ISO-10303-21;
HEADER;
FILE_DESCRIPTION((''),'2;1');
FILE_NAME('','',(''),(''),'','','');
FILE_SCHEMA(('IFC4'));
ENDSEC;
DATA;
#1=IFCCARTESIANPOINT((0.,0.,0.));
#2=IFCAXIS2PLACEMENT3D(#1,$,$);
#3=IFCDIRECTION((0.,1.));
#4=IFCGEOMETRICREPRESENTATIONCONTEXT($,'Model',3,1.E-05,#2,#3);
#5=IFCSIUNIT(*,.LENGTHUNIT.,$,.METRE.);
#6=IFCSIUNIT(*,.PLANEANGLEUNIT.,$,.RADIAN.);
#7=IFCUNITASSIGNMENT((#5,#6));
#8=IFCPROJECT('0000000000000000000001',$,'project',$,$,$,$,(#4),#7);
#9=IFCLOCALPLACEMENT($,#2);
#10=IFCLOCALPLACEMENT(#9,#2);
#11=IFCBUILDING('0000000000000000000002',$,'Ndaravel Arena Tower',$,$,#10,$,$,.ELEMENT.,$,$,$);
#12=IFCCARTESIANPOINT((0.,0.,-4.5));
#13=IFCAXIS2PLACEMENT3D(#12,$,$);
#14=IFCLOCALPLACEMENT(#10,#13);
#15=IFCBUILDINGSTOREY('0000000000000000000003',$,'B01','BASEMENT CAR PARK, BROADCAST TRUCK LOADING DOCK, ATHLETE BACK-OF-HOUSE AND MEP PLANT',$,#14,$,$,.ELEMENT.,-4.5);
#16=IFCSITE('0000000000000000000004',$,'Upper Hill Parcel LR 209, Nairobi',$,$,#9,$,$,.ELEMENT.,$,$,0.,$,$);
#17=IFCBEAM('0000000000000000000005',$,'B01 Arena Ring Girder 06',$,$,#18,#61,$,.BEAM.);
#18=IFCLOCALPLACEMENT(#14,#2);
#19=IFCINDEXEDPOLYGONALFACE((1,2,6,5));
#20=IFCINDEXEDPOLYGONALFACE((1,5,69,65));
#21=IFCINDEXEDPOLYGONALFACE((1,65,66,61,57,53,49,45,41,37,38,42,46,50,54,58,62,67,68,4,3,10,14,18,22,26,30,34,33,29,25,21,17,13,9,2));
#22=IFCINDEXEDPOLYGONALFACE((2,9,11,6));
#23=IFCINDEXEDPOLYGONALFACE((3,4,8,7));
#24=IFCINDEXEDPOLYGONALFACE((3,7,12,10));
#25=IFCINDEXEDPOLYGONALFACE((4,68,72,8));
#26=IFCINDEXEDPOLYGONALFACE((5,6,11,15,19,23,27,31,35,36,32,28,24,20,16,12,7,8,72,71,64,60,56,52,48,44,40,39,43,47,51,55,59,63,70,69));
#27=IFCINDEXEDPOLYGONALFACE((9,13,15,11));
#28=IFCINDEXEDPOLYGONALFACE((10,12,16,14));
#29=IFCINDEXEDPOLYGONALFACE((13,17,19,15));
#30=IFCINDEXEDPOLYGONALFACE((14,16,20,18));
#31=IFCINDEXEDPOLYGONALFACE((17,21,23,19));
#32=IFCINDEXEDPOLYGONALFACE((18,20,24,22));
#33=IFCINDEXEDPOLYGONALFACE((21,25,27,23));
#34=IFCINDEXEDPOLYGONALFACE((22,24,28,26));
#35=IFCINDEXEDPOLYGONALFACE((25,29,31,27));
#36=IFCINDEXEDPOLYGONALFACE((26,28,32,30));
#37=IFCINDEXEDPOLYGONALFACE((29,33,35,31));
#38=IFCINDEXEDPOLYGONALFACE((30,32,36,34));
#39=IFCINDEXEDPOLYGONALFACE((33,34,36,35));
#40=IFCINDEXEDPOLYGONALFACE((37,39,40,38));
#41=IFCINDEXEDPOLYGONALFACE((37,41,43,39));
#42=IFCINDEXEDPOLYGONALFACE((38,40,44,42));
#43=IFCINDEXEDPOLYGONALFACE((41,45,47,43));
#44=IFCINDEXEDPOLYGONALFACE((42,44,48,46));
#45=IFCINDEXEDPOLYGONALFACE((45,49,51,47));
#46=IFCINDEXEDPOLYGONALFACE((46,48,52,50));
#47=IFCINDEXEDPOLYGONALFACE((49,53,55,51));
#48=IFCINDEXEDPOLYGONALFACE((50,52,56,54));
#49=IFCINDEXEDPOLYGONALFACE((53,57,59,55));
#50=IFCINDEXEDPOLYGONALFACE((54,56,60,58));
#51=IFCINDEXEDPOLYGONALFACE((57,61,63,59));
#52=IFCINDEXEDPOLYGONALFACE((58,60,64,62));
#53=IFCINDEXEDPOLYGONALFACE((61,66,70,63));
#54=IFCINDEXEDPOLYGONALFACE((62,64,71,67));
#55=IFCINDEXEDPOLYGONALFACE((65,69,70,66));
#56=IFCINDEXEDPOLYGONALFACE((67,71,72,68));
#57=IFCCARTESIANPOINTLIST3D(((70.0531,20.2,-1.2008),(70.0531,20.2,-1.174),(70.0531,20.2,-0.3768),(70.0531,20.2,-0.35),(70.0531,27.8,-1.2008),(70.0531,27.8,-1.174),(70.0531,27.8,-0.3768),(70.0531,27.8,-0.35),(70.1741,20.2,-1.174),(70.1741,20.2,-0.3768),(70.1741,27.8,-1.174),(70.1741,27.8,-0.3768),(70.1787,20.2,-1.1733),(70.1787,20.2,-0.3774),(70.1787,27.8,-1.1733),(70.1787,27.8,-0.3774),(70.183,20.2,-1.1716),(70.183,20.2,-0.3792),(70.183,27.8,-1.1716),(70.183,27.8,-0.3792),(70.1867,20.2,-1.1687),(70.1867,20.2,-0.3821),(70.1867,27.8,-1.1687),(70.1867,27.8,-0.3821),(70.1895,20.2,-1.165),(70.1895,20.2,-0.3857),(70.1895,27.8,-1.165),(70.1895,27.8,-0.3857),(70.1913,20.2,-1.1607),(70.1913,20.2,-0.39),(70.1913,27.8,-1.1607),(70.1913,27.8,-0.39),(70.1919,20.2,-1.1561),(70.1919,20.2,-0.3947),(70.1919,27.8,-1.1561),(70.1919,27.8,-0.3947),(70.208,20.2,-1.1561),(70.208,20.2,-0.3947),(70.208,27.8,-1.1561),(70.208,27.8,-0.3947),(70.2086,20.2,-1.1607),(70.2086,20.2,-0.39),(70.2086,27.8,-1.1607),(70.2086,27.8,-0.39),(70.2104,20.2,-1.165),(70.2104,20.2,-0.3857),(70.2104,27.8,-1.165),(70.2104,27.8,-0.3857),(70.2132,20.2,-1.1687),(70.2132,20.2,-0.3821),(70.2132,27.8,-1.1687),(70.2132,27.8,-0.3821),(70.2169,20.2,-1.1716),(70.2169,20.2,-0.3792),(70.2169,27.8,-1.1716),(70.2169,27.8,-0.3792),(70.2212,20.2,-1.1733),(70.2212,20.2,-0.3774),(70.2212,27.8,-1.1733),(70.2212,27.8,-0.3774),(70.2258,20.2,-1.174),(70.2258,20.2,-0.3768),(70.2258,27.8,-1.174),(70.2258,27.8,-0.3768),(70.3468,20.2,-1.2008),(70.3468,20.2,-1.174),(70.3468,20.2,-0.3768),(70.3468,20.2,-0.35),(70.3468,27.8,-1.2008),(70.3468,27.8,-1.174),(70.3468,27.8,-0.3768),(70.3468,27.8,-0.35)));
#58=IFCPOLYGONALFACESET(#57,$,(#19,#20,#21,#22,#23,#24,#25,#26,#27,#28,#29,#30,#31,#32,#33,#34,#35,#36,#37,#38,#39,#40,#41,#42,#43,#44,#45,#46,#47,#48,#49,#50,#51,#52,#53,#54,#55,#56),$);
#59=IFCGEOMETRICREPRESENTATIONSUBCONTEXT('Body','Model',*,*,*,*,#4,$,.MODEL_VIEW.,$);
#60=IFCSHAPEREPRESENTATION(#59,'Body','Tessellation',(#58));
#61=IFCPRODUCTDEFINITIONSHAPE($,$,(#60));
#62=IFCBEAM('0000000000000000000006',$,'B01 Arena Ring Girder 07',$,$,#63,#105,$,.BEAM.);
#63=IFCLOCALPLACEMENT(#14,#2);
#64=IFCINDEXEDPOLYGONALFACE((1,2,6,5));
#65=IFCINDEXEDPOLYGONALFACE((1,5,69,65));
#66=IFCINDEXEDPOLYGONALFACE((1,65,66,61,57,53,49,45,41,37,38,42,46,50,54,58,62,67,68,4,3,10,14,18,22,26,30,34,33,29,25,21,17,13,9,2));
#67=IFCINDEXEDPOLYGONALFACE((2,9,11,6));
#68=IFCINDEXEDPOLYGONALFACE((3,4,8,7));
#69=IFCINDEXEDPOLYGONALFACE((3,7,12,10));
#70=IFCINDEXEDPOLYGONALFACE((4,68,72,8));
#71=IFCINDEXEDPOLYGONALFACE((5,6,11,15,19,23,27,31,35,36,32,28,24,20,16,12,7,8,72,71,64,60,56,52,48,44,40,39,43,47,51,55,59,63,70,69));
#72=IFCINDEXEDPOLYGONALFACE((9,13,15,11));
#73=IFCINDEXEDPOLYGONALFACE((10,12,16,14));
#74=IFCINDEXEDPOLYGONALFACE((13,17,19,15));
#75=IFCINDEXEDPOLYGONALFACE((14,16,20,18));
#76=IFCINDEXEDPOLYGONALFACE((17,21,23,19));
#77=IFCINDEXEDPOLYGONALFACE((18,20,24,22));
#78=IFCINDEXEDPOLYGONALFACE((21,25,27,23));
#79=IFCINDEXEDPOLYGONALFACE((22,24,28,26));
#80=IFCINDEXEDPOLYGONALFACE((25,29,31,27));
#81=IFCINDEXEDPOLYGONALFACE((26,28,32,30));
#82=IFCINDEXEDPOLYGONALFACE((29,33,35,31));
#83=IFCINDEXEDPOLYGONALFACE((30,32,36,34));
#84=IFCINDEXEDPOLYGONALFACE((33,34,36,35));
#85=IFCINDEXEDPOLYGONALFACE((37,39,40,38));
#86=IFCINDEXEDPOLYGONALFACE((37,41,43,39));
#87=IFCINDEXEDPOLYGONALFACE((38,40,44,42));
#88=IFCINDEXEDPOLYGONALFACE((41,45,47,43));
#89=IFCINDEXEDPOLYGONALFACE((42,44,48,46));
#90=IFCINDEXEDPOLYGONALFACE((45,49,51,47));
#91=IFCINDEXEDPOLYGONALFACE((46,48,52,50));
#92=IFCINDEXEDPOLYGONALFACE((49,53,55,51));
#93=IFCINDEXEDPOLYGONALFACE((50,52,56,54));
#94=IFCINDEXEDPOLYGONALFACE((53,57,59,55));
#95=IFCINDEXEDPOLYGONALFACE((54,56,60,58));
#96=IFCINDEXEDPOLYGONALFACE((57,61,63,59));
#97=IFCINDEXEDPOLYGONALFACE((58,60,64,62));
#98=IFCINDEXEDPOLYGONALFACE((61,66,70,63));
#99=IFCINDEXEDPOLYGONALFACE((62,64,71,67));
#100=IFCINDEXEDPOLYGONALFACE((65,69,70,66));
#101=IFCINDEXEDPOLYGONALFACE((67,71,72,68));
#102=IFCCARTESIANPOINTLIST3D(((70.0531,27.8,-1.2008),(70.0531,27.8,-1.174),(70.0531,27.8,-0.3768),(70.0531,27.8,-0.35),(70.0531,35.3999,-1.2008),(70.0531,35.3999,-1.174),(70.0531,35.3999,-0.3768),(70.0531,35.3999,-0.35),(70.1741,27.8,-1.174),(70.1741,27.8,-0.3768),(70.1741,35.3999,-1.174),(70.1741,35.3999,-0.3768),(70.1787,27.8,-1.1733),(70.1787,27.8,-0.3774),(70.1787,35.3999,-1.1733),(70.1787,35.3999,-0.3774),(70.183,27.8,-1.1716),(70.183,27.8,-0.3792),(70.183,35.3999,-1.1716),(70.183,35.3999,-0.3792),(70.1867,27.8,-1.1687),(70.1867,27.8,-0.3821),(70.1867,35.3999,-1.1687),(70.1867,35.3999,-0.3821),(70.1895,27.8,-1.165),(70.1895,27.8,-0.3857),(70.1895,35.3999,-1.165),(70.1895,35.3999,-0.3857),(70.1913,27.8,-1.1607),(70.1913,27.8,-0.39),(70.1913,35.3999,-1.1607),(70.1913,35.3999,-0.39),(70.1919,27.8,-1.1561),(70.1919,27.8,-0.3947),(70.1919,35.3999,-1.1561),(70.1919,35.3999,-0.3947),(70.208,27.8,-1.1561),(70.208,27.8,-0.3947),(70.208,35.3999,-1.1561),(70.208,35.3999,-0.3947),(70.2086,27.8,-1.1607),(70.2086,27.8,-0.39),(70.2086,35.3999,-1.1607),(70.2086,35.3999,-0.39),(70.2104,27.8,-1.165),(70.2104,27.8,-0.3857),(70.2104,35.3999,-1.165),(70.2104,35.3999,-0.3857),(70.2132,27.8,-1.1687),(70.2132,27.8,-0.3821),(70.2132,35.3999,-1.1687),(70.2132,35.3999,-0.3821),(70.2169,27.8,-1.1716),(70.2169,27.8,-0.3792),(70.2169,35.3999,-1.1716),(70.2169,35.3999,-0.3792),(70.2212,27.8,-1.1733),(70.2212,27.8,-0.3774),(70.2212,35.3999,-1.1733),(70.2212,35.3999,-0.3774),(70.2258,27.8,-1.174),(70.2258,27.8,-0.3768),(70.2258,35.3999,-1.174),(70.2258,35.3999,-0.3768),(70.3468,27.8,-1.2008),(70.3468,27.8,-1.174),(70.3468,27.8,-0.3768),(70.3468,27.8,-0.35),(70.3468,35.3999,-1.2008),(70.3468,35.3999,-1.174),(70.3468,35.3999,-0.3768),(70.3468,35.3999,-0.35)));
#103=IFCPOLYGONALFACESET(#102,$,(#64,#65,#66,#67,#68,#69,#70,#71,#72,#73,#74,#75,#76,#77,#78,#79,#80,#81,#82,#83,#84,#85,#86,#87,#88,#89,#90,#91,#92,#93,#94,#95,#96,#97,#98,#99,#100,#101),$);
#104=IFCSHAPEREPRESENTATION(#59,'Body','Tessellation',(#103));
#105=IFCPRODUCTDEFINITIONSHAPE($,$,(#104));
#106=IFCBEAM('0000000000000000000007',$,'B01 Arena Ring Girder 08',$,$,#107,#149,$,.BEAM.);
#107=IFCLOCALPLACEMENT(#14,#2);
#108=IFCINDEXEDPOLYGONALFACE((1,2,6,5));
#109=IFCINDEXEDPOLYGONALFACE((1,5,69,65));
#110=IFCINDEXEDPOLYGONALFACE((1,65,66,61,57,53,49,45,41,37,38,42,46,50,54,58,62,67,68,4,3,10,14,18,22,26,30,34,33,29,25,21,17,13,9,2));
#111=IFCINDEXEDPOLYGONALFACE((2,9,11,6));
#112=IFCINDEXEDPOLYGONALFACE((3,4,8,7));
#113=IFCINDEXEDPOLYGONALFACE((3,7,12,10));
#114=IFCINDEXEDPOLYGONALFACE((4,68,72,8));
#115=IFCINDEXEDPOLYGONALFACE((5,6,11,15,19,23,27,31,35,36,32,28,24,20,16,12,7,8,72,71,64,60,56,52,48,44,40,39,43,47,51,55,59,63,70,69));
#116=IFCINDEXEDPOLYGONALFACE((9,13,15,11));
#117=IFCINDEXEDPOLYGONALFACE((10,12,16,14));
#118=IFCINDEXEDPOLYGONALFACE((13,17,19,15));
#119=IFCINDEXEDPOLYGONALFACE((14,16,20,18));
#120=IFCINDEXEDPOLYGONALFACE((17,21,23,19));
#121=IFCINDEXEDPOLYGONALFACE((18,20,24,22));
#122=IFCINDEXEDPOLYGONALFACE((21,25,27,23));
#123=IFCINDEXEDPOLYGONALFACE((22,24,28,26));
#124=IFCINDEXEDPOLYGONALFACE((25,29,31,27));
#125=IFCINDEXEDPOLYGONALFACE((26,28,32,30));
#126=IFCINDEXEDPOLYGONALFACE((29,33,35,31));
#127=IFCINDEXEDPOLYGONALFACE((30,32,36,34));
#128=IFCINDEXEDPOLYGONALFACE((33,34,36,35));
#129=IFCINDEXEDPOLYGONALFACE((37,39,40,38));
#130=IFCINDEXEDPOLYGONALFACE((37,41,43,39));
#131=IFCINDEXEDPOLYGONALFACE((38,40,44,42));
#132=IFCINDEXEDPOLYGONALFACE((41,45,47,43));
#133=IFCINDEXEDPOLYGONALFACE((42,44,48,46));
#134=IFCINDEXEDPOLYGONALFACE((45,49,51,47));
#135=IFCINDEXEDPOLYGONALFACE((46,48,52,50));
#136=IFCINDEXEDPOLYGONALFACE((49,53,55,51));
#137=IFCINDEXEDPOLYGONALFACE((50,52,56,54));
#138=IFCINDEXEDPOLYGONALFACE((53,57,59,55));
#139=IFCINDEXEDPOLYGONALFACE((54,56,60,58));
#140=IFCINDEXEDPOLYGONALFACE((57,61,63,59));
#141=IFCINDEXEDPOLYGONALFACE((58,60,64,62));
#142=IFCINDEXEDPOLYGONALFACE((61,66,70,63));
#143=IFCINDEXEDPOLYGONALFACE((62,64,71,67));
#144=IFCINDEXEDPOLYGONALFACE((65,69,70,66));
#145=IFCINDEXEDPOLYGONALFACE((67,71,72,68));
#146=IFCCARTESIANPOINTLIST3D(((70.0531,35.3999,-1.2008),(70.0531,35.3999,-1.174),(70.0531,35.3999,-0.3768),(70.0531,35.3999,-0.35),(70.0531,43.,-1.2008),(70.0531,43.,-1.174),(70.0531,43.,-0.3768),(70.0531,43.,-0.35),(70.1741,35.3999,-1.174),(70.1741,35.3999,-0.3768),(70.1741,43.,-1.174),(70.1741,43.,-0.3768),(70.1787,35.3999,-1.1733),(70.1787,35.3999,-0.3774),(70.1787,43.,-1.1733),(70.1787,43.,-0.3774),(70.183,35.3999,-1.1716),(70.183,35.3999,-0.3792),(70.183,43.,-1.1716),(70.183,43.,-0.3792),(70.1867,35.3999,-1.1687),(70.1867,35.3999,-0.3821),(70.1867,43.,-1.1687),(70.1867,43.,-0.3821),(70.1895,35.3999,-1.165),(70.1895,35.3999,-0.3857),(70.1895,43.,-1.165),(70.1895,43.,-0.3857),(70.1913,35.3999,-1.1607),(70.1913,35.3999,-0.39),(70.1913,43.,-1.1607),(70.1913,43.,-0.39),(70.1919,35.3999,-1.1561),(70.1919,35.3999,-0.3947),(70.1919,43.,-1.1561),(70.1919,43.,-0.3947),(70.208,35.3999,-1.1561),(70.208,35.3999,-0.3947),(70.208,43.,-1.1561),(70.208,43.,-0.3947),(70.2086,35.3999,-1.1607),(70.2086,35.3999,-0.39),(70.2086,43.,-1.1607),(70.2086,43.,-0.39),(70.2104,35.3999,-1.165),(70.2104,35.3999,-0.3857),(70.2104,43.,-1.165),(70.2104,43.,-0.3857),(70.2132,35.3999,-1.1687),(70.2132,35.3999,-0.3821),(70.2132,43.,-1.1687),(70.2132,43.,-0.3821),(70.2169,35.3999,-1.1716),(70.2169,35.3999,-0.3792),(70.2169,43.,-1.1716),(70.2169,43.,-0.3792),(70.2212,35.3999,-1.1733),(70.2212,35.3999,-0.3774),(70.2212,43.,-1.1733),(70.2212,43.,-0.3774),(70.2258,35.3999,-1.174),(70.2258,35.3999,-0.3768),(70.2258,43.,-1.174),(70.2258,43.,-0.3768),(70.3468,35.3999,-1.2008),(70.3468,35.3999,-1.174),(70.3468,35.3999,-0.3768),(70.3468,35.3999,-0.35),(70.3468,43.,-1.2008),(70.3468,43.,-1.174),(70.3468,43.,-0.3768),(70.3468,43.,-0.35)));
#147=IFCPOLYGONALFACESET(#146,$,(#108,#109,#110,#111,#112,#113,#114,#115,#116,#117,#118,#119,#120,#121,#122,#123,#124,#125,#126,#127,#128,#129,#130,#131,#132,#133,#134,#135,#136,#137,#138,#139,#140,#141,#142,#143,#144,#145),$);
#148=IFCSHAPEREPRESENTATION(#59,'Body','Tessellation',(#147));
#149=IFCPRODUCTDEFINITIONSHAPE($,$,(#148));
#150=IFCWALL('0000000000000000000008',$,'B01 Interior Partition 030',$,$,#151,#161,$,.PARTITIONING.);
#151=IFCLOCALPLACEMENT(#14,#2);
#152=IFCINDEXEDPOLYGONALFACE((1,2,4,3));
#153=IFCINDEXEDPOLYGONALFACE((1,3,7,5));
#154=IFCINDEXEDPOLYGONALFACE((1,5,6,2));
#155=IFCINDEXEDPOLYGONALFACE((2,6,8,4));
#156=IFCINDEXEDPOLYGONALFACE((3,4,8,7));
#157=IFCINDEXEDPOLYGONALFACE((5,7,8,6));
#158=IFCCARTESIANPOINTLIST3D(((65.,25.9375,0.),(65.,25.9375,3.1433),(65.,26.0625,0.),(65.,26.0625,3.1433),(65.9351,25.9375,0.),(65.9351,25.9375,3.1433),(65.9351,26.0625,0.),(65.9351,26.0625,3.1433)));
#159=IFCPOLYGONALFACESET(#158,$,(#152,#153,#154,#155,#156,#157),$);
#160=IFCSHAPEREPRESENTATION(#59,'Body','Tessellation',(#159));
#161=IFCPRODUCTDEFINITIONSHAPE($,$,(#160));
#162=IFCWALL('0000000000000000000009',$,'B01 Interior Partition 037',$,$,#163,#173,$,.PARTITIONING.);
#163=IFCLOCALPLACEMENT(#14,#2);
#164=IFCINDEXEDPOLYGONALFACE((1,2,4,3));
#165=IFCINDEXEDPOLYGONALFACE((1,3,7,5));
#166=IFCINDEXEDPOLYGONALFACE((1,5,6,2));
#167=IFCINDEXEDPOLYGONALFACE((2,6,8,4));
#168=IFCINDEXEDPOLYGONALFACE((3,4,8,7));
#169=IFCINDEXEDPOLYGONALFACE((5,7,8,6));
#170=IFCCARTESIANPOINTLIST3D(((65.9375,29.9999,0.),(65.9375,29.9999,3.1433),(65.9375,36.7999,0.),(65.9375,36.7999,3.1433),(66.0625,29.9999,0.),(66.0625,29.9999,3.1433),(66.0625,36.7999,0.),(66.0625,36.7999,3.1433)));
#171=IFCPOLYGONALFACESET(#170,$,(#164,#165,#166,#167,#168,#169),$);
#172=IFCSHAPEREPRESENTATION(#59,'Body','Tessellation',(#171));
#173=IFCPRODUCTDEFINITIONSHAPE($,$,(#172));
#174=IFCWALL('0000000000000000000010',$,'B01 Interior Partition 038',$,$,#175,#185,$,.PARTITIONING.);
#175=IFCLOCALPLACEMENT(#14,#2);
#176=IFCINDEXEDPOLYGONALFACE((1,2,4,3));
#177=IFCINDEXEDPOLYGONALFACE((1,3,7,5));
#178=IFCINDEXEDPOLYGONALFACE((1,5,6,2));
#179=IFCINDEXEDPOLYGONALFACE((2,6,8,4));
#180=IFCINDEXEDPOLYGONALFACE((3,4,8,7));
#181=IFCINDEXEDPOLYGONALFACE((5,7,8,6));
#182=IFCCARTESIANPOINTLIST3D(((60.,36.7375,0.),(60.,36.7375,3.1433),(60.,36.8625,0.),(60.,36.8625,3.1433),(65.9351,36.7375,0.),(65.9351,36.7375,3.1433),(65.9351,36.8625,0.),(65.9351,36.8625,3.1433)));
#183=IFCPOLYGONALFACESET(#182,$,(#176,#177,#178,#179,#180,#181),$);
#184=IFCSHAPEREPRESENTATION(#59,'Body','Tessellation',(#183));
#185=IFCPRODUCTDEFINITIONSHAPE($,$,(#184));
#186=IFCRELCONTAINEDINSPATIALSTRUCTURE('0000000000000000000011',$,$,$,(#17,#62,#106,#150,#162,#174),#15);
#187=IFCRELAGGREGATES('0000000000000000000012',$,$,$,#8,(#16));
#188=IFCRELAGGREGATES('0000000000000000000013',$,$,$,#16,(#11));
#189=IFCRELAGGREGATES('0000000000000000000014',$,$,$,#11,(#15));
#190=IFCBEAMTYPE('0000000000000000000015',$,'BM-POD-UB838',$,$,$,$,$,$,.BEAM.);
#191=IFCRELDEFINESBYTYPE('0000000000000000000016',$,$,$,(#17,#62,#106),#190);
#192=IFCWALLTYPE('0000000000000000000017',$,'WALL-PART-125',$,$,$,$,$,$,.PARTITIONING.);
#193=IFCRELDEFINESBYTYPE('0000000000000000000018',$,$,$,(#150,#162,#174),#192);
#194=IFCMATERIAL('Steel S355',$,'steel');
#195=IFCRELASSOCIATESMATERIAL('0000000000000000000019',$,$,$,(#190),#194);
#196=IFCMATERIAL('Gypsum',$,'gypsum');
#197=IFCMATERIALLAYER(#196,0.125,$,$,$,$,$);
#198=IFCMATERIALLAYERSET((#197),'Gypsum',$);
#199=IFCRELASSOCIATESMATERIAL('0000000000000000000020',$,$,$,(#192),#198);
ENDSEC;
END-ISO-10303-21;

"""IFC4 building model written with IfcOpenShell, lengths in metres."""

from ifc_helpers import new_model, si_unit, direction, frame, frame_2d, origin, origin_2d, place, context, subcontext, project, spatial, rectangle, i_section, extrude, material, layer, layer_set, material_profile, profile_set, type_object, element, save


model = new_model("IFC4")

# Units and contexts
model_context = context("Model", 3, precision=1e-05, world=origin(), true_north=direction((0.0, 1.0)))
body_context = subcontext(model_context, "Body", "Model", "MODEL_VIEW")
ifc_project = project(units=[si_unit("LENGTHUNIT", "METRE"), si_unit("PLANEANGLEUNIT", "RADIAN")], contexts=[model_context])

# Site, building, storey
site_placement = place(None, origin())
site = spatial("IfcSite", under=ifc_project, at=site_placement, Name="Upper Hill Parcel LR 209, Nairobi", CompositionType="ELEMENT", RefElevation=0.0)
building_placement = place(site_placement, origin())
building = spatial("IfcBuilding", under=site, at=building_placement, Name="Ndaravel Arena Tower", CompositionType="ELEMENT")
storey_placement = place(building_placement, frame((0.0, 0.0, -4.5)))
storey = spatial("IfcBuildingStorey", under=building, at=storey_placement, Name="B01", Description="BASEMENT CAR PARK, BROADCAST TRUCK LOADING DOCK, ATHLETE BACK-OF-HOUSE AND MEP PLANT", CompositionType="ELEMENT", Elevation=-4.5)

# Beams
ifc_material_1 = material(Name="Steel S355", Category="steel")
ifc_material_profile_1 = material_profile(ifc_material_1, i_section(OverallWidth=0.2937, OverallDepth=0.8508, WebThickness=0.0161, FlangeThickness=0.0269, FilletRadius=0.0178, at=origin_2d()), Name="UB 838x292x226")
ifc_profile_set_1 = profile_set([ifc_material_profile_1], Name="Steel S355")
beam_type_1 = type_object("IfcBeamType", Name="BM-POD-UB838", PredefinedType="BEAM", material=ifc_profile_set_1)
beam_1_placement = place(storey_placement, frame((70.2, 20.2, -0.7754), z_axis=(0.0, 1.0, 0.0), x_axis=(-1.0, 0.0, 0.0)))
element("IfcBeam", 1, at=beam_1_placement, inside=storey, type_object=beam_type_1, Name="B01 Arena Ring Girder 06", PredefinedType="BEAM", context=body_context, shape_type="SweptSolid", body=[
    extrude(i_section(OverallWidth=0.2937, OverallDepth=0.8508, WebThickness=0.0161, FlangeThickness=0.0269, FilletRadius=0.0178, at=origin_2d()), origin(), (0.0, 0.0, 1.0), 7.6001),
])
beam_2_placement = place(storey_placement, frame((70.2, 27.8, -0.7754), z_axis=(0.0, 1.0, 0.0), x_axis=(-1.0, 0.0, 0.0)))
element("IfcBeam", 2, at=beam_2_placement, inside=storey, type_object=beam_type_1, Name="B01 Arena Ring Girder 07", PredefinedType="BEAM", context=body_context, shape_type="SweptSolid", body=[
    extrude(i_section(OverallWidth=0.2937, OverallDepth=0.8508, WebThickness=0.0161, FlangeThickness=0.0269, FilletRadius=0.0178, at=origin_2d()), origin(), (0.0, 0.0, 1.0), 7.5999),
])
beam_3_placement = place(storey_placement, frame((70.2, 35.3999, -0.7754), z_axis=(0.0, 1.0, 0.0), x_axis=(-1.0, 0.0, 0.0)))
element("IfcBeam", 3, at=beam_3_placement, inside=storey, type_object=beam_type_1, Name="B01 Arena Ring Girder 08", PredefinedType="BEAM", context=body_context, shape_type="SweptSolid", body=[
    extrude(i_section(OverallWidth=0.2937, OverallDepth=0.8508, WebThickness=0.0161, FlangeThickness=0.0269, FilletRadius=0.0178, at=origin_2d()), origin(), (0.0, 0.0, 1.0), 7.6001),
])

# Walls
ifc_material_2 = material(Name="Gypsum", Category="gypsum")
ifc_layer = layer(ifc_material_2, 0.125)
ifc_layer_set = layer_set([ifc_layer], Name="Gypsum")
wall_type = type_object("IfcWallType", Name="WALL-PART-125", PredefinedType="PARTITIONING", material=ifc_layer_set)
wall_1_placement = place(storey_placement, frame((65.9351, 26.0, 0.0), z_axis=(0.0, 0.0, 1.0), x_axis=(-1.0, 0.0, 0.0)))
element("IfcWall", 4, at=wall_1_placement, inside=storey, type_object=wall_type, Name="B01 Interior Partition 030", PredefinedType="PARTITIONING", context=body_context, shape_type="SweptSolid", body=[
    extrude(rectangle(XDim=0.9351, YDim=0.125, at=frame_2d((0.4675, 0.0))), origin(), (0.0, 0.0, 1.0), 3.1433),
])
wall_2_placement = place(storey_placement, frame((66.0, 30.0, 0.0), z_axis=(0.0, 0.0, 1.0), x_axis=(0.0, 1.0, 0.0)))
element("IfcWall", 5, at=wall_2_placement, inside=storey, type_object=wall_type, Name="B01 Interior Partition 037", PredefinedType="PARTITIONING", context=body_context, shape_type="SweptSolid", body=[
    extrude(rectangle(XDim=6.8, YDim=0.125, at=frame_2d((3.3999, 0.0))), origin(), (0.0, 0.0, 1.0), 3.1433),
])
wall_3_placement = place(storey_placement, frame((65.9351, 36.8, 0.0), z_axis=(0.0, 0.0, 1.0), x_axis=(-1.0, 0.0, 0.0)))
element("IfcWall", 6, at=wall_3_placement, inside=storey, type_object=wall_type, Name="B01 Interior Partition 038", PredefinedType="PARTITIONING", context=body_context, shape_type="SweptSolid", body=[
    extrude(rectangle(XDim=5.9351, YDim=0.125, at=frame_2d((2.9675, 0.0))), origin(), (0.0, 0.0, 1.0), 3.1433),
])

save(model, "model.ifc")
